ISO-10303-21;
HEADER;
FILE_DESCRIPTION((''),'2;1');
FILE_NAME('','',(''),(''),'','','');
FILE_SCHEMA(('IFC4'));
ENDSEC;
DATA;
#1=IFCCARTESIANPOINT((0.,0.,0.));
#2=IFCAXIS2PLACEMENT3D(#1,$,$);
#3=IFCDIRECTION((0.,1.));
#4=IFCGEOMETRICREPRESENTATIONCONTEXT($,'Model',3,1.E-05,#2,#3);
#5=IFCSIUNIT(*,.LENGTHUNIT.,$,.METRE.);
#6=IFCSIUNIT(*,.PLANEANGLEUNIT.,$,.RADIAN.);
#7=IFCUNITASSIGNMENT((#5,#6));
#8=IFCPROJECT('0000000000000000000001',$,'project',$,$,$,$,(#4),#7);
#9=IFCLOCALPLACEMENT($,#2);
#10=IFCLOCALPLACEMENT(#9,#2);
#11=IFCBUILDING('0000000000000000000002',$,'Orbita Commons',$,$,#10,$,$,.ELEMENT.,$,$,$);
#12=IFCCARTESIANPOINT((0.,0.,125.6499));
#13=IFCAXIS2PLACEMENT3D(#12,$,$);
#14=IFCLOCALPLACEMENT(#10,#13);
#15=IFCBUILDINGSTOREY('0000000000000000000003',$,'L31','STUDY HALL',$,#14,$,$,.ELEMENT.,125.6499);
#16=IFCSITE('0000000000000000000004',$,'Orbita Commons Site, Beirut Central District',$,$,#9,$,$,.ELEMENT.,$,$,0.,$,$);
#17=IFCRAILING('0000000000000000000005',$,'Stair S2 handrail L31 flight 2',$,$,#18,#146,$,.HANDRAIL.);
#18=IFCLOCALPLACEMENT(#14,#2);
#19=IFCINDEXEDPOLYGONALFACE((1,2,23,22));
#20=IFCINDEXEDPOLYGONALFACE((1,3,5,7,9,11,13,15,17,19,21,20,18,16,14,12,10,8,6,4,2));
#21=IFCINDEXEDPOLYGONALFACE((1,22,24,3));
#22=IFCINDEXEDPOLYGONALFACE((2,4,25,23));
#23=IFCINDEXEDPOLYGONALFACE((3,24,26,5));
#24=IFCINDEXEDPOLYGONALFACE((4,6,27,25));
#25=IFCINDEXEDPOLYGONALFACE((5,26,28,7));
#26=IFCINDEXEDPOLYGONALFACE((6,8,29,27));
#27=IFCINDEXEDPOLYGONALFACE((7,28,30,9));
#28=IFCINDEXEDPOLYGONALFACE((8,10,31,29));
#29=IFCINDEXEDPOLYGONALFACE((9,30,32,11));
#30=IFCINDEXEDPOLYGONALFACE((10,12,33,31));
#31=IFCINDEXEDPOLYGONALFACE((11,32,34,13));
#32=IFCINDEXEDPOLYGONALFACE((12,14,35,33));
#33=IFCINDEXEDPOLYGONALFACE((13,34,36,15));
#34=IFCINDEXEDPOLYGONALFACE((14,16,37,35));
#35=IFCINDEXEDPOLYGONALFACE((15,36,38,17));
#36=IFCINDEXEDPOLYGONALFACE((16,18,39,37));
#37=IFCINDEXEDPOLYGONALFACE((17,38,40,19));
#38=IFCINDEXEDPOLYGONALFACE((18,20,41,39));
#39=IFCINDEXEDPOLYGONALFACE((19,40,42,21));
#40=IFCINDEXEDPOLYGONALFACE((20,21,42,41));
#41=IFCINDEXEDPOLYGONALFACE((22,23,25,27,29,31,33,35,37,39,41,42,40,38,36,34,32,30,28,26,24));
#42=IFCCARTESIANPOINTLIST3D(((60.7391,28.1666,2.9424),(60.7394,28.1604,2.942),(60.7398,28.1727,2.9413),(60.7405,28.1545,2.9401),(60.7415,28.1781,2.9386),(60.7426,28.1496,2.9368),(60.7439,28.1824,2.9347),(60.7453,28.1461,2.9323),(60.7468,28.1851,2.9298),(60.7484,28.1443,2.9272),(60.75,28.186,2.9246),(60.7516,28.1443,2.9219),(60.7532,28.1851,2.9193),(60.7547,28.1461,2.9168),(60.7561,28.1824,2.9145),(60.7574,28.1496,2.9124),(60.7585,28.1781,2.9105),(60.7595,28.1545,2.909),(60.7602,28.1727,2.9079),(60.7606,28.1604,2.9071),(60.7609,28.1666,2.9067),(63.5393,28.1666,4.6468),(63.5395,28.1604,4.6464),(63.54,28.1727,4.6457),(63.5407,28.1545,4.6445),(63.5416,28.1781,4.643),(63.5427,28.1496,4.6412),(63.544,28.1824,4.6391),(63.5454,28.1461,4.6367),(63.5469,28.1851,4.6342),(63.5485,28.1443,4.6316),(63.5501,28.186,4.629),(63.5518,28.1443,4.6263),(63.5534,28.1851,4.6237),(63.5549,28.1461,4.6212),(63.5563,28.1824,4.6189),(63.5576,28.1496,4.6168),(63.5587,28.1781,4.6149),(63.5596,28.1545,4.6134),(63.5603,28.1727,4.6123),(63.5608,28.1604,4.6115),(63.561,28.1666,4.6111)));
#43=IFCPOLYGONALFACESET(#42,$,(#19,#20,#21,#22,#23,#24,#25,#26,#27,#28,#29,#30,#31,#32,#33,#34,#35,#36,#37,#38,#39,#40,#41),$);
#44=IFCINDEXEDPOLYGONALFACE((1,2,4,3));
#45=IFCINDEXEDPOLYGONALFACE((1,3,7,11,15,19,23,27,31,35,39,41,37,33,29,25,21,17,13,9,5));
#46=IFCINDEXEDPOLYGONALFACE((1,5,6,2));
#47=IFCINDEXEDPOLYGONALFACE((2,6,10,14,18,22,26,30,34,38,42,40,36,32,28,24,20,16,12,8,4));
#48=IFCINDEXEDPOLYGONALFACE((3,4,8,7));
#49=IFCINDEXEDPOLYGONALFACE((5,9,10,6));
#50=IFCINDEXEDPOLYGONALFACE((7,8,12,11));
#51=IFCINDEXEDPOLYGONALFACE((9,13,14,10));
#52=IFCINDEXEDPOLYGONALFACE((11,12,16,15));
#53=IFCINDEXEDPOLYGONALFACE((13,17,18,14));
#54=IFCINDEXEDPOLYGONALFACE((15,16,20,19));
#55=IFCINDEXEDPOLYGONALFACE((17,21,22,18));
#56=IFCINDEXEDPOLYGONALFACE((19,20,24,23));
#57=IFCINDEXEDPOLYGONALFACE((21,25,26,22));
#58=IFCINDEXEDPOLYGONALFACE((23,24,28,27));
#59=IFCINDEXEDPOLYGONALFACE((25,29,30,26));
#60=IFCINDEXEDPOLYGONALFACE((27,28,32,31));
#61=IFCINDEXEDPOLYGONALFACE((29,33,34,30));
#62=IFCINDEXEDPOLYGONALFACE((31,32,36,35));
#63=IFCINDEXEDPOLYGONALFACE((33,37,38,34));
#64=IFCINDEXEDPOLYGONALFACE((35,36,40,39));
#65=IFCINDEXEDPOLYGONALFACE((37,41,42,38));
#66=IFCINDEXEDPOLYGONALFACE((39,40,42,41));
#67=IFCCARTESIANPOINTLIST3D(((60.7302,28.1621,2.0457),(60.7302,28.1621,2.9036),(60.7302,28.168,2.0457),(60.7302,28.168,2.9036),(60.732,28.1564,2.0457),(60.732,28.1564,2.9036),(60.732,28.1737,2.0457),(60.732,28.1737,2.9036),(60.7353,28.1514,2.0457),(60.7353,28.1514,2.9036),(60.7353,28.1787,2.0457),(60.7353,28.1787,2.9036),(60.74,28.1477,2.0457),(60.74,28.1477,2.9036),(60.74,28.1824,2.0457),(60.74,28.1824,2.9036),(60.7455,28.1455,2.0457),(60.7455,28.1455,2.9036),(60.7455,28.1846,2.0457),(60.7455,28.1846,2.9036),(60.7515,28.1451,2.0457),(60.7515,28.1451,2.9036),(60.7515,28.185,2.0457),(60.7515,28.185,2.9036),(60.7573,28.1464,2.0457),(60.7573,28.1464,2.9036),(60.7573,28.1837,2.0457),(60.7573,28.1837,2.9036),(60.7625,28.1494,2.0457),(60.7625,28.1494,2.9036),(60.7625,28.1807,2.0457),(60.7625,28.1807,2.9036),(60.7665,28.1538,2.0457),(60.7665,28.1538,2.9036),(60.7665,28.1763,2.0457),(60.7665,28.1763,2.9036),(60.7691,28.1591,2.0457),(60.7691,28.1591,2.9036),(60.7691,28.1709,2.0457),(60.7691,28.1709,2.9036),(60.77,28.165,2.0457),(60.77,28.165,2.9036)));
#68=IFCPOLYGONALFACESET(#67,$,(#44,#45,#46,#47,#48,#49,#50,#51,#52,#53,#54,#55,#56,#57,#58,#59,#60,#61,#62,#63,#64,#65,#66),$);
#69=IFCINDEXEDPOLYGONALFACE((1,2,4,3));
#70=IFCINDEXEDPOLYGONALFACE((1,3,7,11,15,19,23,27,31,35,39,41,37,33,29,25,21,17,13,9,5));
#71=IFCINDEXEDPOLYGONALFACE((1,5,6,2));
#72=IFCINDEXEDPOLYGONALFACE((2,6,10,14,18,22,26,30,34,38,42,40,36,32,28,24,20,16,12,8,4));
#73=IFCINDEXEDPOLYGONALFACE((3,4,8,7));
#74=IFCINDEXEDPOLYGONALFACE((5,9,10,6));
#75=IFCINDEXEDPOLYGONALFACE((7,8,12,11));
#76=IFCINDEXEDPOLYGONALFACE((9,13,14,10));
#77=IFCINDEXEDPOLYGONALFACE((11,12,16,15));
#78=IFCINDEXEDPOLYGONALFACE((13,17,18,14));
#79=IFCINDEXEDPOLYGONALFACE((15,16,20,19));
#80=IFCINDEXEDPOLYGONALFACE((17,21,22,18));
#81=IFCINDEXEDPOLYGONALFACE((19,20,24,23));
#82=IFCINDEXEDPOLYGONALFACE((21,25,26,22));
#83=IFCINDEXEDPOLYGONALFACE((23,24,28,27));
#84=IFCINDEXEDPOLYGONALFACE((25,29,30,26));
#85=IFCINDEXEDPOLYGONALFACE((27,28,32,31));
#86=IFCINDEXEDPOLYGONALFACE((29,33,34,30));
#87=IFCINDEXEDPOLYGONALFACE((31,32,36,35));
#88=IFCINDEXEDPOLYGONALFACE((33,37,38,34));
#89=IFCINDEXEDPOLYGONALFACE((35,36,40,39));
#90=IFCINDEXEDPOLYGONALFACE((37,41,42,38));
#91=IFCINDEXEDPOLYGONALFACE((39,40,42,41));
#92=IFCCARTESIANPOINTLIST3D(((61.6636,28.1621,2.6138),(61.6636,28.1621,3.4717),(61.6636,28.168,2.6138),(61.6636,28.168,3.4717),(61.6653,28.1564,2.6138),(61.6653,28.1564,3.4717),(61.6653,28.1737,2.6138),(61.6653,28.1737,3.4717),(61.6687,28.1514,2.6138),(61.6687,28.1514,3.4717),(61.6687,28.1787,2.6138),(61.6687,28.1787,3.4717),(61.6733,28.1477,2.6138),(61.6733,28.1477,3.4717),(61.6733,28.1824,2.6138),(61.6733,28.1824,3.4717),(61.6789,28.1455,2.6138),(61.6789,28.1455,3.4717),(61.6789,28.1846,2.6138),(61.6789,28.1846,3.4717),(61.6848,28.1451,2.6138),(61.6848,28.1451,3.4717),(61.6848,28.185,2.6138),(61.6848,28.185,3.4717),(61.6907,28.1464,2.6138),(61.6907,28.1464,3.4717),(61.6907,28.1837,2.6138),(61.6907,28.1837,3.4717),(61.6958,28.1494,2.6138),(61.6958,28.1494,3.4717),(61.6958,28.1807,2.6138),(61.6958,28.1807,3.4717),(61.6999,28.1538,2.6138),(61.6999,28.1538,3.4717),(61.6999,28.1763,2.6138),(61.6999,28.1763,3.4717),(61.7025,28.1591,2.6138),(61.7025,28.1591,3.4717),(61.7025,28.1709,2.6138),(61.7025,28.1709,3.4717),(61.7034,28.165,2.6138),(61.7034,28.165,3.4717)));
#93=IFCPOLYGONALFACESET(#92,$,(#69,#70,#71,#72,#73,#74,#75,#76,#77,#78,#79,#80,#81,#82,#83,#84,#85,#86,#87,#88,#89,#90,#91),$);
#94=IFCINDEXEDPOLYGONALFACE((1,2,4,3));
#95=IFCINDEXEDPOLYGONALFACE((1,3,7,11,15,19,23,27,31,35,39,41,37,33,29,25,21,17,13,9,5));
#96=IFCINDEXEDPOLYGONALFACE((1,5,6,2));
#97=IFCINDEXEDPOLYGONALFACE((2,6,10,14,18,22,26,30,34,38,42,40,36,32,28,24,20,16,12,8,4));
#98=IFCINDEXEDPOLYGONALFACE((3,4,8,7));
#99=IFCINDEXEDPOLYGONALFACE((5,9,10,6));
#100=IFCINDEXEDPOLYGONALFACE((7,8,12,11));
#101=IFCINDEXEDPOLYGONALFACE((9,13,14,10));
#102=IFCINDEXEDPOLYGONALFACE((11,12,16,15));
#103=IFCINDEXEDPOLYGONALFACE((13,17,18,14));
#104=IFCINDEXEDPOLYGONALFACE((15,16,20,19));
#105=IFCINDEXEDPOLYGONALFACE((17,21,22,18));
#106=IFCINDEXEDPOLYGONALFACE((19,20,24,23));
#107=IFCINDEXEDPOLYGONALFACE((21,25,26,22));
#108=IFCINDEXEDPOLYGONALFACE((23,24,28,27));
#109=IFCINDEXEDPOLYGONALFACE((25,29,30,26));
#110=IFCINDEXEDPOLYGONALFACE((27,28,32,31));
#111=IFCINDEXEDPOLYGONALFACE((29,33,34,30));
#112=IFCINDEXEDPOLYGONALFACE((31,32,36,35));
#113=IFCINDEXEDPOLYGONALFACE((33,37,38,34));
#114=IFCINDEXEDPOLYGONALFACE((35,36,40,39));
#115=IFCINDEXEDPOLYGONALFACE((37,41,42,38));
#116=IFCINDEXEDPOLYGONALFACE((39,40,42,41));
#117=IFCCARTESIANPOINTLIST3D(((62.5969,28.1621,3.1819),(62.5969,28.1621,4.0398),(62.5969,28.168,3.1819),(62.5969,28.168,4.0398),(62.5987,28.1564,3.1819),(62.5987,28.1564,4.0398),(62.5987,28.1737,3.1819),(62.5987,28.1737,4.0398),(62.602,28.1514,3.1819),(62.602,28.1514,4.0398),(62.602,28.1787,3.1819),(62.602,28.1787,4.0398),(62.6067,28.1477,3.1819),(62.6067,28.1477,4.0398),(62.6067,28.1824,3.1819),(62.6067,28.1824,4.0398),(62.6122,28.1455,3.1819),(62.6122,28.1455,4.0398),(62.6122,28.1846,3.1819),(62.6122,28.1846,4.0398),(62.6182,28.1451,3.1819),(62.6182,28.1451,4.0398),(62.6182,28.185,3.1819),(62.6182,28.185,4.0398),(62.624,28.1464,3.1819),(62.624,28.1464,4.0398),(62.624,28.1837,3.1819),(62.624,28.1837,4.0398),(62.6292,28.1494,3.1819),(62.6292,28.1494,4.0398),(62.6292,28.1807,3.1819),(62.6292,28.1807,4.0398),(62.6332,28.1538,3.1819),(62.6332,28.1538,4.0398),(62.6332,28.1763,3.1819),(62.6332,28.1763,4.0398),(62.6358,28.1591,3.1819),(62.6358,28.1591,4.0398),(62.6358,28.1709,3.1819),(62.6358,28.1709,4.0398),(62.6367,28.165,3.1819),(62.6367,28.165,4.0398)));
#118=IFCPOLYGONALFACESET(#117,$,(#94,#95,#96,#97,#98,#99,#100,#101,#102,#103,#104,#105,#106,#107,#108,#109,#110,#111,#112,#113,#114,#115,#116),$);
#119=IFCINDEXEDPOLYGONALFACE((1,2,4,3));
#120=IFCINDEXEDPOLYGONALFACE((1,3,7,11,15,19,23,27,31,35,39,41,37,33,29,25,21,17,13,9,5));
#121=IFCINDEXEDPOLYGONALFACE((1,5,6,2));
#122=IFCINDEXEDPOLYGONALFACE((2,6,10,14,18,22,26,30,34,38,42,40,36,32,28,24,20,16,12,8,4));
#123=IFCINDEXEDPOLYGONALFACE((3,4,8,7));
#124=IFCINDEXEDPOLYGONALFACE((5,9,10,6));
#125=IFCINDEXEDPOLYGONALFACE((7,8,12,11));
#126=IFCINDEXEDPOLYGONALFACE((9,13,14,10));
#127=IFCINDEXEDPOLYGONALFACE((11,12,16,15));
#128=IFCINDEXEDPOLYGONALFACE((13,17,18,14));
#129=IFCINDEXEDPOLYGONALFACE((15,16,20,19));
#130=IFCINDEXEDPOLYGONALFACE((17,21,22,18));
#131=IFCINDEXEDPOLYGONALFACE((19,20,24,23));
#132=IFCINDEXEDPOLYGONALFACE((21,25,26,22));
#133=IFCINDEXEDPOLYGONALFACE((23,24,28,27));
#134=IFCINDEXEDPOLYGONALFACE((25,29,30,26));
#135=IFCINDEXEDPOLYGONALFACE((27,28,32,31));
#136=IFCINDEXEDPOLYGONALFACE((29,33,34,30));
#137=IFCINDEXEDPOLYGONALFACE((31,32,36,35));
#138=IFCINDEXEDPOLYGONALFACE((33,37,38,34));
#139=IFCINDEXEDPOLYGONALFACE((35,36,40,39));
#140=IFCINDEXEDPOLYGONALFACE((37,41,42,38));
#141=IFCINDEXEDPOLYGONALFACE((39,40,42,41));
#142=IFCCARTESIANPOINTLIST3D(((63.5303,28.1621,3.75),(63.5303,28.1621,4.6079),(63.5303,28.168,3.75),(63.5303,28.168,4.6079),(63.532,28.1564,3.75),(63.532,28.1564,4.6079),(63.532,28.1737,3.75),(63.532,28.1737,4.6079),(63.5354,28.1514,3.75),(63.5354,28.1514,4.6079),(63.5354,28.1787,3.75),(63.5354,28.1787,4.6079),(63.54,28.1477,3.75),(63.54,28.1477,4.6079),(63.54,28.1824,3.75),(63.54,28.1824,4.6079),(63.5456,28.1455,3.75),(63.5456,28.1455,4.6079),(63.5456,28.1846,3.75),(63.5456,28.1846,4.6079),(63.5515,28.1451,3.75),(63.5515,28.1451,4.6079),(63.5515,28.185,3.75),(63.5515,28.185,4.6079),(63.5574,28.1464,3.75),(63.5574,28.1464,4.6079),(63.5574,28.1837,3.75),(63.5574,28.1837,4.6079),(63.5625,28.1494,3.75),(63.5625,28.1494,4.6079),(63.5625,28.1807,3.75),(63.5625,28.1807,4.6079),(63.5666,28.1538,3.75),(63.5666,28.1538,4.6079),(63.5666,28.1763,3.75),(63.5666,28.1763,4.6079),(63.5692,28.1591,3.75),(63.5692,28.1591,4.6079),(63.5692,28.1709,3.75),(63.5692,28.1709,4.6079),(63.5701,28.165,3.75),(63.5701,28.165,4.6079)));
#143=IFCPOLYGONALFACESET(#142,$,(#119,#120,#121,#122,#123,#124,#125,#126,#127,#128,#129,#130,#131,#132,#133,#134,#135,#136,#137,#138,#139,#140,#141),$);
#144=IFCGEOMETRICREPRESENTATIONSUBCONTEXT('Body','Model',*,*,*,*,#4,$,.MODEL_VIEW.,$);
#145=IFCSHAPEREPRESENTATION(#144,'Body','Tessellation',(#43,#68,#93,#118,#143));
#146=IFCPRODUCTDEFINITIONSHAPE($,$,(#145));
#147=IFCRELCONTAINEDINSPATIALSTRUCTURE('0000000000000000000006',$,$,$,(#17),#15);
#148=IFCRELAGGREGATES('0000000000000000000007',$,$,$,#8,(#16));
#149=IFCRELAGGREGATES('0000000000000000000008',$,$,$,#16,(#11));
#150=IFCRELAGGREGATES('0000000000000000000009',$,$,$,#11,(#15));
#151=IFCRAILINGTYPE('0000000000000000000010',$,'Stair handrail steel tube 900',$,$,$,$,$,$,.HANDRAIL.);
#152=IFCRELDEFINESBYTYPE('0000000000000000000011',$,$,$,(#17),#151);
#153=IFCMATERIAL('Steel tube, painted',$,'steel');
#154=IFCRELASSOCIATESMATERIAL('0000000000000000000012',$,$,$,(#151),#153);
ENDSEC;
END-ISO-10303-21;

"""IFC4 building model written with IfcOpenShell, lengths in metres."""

from ifc_helpers import new_model, si_unit, direction, frame, origin, origin_2d, place, context, subcontext, project, spatial, circle, extrude, material, type_object, element, save


model = new_model("IFC4")

# Units and contexts
model_context = context("Model", 3, precision=1e-05, world=origin(), true_north=direction((0.0, 1.0)))
body_context = subcontext(model_context, "Body", "Model", "MODEL_VIEW")
ifc_project = project(units=[si_unit("LENGTHUNIT", "METRE"), si_unit("PLANEANGLEUNIT", "RADIAN")], contexts=[model_context])

# Site, building, storey
site_placement = place(None, origin())
site = spatial("IfcSite", under=ifc_project, at=site_placement, Name="Orbita Commons Site, Beirut Central District", CompositionType="ELEMENT", RefElevation=0.0)
building_placement = place(site_placement, origin())
building = spatial("IfcBuilding", under=site, at=building_placement, Name="Orbita Commons", CompositionType="ELEMENT")
storey_placement = place(building_placement, frame((0.0, 0.0, 125.6499)))
storey = spatial("IfcBuildingStorey", under=building, at=storey_placement, Name="L31", Description="STUDY HALL", CompositionType="ELEMENT", Elevation=125.6499)

# Railing
ifc_material_1 = material(Name="Steel tube, painted", Category="steel")
railing_type = type_object("IfcRailingType", Name="Stair handrail steel tube 900", PredefinedType="HANDRAIL", material=ifc_material_1)
for number, where, name in (
    (1, (60.75, 28.165, 2.0457), "Stair S2 handrail L31 flight 2"),
):
    element("IfcRailing", number, at=place(storey_placement, frame(where)), inside=storey, type_object=railing_type, Name=name, PredefinedType="HANDRAIL", context=body_context, shape_type="SweptSolid", body=[
        extrude(circle(Radius=0.021, at=origin_2d()), frame((0.0, 0.0, 0.8789), z_axis=(0.854203, 0.0, 0.51994), x_axis=(0.0, 1.0, 0.0)), (0.0, 0.0, 1.0), 3.2781),
        extrude(circle(Radius=0.02, at=origin_2d()), origin(), (0.0, 0.0, 1.0), 0.8579),
        extrude(circle(Radius=0.02, at=origin_2d()), frame((0.9333, 0.0, 0.5681)), (0.0, 0.0, 1.0), 0.8579),
        extrude(circle(Radius=0.02, at=origin_2d()), frame((1.8667, 0.0, 1.1362)), (0.0, 0.0, 1.0), 0.8579),
        extrude(circle(Radius=0.02, at=origin_2d()), frame((2.8, 0.0, 1.7043)), (0.0, 0.0, 1.0), 0.8579),
    ])

save(model, "model.ifc")
